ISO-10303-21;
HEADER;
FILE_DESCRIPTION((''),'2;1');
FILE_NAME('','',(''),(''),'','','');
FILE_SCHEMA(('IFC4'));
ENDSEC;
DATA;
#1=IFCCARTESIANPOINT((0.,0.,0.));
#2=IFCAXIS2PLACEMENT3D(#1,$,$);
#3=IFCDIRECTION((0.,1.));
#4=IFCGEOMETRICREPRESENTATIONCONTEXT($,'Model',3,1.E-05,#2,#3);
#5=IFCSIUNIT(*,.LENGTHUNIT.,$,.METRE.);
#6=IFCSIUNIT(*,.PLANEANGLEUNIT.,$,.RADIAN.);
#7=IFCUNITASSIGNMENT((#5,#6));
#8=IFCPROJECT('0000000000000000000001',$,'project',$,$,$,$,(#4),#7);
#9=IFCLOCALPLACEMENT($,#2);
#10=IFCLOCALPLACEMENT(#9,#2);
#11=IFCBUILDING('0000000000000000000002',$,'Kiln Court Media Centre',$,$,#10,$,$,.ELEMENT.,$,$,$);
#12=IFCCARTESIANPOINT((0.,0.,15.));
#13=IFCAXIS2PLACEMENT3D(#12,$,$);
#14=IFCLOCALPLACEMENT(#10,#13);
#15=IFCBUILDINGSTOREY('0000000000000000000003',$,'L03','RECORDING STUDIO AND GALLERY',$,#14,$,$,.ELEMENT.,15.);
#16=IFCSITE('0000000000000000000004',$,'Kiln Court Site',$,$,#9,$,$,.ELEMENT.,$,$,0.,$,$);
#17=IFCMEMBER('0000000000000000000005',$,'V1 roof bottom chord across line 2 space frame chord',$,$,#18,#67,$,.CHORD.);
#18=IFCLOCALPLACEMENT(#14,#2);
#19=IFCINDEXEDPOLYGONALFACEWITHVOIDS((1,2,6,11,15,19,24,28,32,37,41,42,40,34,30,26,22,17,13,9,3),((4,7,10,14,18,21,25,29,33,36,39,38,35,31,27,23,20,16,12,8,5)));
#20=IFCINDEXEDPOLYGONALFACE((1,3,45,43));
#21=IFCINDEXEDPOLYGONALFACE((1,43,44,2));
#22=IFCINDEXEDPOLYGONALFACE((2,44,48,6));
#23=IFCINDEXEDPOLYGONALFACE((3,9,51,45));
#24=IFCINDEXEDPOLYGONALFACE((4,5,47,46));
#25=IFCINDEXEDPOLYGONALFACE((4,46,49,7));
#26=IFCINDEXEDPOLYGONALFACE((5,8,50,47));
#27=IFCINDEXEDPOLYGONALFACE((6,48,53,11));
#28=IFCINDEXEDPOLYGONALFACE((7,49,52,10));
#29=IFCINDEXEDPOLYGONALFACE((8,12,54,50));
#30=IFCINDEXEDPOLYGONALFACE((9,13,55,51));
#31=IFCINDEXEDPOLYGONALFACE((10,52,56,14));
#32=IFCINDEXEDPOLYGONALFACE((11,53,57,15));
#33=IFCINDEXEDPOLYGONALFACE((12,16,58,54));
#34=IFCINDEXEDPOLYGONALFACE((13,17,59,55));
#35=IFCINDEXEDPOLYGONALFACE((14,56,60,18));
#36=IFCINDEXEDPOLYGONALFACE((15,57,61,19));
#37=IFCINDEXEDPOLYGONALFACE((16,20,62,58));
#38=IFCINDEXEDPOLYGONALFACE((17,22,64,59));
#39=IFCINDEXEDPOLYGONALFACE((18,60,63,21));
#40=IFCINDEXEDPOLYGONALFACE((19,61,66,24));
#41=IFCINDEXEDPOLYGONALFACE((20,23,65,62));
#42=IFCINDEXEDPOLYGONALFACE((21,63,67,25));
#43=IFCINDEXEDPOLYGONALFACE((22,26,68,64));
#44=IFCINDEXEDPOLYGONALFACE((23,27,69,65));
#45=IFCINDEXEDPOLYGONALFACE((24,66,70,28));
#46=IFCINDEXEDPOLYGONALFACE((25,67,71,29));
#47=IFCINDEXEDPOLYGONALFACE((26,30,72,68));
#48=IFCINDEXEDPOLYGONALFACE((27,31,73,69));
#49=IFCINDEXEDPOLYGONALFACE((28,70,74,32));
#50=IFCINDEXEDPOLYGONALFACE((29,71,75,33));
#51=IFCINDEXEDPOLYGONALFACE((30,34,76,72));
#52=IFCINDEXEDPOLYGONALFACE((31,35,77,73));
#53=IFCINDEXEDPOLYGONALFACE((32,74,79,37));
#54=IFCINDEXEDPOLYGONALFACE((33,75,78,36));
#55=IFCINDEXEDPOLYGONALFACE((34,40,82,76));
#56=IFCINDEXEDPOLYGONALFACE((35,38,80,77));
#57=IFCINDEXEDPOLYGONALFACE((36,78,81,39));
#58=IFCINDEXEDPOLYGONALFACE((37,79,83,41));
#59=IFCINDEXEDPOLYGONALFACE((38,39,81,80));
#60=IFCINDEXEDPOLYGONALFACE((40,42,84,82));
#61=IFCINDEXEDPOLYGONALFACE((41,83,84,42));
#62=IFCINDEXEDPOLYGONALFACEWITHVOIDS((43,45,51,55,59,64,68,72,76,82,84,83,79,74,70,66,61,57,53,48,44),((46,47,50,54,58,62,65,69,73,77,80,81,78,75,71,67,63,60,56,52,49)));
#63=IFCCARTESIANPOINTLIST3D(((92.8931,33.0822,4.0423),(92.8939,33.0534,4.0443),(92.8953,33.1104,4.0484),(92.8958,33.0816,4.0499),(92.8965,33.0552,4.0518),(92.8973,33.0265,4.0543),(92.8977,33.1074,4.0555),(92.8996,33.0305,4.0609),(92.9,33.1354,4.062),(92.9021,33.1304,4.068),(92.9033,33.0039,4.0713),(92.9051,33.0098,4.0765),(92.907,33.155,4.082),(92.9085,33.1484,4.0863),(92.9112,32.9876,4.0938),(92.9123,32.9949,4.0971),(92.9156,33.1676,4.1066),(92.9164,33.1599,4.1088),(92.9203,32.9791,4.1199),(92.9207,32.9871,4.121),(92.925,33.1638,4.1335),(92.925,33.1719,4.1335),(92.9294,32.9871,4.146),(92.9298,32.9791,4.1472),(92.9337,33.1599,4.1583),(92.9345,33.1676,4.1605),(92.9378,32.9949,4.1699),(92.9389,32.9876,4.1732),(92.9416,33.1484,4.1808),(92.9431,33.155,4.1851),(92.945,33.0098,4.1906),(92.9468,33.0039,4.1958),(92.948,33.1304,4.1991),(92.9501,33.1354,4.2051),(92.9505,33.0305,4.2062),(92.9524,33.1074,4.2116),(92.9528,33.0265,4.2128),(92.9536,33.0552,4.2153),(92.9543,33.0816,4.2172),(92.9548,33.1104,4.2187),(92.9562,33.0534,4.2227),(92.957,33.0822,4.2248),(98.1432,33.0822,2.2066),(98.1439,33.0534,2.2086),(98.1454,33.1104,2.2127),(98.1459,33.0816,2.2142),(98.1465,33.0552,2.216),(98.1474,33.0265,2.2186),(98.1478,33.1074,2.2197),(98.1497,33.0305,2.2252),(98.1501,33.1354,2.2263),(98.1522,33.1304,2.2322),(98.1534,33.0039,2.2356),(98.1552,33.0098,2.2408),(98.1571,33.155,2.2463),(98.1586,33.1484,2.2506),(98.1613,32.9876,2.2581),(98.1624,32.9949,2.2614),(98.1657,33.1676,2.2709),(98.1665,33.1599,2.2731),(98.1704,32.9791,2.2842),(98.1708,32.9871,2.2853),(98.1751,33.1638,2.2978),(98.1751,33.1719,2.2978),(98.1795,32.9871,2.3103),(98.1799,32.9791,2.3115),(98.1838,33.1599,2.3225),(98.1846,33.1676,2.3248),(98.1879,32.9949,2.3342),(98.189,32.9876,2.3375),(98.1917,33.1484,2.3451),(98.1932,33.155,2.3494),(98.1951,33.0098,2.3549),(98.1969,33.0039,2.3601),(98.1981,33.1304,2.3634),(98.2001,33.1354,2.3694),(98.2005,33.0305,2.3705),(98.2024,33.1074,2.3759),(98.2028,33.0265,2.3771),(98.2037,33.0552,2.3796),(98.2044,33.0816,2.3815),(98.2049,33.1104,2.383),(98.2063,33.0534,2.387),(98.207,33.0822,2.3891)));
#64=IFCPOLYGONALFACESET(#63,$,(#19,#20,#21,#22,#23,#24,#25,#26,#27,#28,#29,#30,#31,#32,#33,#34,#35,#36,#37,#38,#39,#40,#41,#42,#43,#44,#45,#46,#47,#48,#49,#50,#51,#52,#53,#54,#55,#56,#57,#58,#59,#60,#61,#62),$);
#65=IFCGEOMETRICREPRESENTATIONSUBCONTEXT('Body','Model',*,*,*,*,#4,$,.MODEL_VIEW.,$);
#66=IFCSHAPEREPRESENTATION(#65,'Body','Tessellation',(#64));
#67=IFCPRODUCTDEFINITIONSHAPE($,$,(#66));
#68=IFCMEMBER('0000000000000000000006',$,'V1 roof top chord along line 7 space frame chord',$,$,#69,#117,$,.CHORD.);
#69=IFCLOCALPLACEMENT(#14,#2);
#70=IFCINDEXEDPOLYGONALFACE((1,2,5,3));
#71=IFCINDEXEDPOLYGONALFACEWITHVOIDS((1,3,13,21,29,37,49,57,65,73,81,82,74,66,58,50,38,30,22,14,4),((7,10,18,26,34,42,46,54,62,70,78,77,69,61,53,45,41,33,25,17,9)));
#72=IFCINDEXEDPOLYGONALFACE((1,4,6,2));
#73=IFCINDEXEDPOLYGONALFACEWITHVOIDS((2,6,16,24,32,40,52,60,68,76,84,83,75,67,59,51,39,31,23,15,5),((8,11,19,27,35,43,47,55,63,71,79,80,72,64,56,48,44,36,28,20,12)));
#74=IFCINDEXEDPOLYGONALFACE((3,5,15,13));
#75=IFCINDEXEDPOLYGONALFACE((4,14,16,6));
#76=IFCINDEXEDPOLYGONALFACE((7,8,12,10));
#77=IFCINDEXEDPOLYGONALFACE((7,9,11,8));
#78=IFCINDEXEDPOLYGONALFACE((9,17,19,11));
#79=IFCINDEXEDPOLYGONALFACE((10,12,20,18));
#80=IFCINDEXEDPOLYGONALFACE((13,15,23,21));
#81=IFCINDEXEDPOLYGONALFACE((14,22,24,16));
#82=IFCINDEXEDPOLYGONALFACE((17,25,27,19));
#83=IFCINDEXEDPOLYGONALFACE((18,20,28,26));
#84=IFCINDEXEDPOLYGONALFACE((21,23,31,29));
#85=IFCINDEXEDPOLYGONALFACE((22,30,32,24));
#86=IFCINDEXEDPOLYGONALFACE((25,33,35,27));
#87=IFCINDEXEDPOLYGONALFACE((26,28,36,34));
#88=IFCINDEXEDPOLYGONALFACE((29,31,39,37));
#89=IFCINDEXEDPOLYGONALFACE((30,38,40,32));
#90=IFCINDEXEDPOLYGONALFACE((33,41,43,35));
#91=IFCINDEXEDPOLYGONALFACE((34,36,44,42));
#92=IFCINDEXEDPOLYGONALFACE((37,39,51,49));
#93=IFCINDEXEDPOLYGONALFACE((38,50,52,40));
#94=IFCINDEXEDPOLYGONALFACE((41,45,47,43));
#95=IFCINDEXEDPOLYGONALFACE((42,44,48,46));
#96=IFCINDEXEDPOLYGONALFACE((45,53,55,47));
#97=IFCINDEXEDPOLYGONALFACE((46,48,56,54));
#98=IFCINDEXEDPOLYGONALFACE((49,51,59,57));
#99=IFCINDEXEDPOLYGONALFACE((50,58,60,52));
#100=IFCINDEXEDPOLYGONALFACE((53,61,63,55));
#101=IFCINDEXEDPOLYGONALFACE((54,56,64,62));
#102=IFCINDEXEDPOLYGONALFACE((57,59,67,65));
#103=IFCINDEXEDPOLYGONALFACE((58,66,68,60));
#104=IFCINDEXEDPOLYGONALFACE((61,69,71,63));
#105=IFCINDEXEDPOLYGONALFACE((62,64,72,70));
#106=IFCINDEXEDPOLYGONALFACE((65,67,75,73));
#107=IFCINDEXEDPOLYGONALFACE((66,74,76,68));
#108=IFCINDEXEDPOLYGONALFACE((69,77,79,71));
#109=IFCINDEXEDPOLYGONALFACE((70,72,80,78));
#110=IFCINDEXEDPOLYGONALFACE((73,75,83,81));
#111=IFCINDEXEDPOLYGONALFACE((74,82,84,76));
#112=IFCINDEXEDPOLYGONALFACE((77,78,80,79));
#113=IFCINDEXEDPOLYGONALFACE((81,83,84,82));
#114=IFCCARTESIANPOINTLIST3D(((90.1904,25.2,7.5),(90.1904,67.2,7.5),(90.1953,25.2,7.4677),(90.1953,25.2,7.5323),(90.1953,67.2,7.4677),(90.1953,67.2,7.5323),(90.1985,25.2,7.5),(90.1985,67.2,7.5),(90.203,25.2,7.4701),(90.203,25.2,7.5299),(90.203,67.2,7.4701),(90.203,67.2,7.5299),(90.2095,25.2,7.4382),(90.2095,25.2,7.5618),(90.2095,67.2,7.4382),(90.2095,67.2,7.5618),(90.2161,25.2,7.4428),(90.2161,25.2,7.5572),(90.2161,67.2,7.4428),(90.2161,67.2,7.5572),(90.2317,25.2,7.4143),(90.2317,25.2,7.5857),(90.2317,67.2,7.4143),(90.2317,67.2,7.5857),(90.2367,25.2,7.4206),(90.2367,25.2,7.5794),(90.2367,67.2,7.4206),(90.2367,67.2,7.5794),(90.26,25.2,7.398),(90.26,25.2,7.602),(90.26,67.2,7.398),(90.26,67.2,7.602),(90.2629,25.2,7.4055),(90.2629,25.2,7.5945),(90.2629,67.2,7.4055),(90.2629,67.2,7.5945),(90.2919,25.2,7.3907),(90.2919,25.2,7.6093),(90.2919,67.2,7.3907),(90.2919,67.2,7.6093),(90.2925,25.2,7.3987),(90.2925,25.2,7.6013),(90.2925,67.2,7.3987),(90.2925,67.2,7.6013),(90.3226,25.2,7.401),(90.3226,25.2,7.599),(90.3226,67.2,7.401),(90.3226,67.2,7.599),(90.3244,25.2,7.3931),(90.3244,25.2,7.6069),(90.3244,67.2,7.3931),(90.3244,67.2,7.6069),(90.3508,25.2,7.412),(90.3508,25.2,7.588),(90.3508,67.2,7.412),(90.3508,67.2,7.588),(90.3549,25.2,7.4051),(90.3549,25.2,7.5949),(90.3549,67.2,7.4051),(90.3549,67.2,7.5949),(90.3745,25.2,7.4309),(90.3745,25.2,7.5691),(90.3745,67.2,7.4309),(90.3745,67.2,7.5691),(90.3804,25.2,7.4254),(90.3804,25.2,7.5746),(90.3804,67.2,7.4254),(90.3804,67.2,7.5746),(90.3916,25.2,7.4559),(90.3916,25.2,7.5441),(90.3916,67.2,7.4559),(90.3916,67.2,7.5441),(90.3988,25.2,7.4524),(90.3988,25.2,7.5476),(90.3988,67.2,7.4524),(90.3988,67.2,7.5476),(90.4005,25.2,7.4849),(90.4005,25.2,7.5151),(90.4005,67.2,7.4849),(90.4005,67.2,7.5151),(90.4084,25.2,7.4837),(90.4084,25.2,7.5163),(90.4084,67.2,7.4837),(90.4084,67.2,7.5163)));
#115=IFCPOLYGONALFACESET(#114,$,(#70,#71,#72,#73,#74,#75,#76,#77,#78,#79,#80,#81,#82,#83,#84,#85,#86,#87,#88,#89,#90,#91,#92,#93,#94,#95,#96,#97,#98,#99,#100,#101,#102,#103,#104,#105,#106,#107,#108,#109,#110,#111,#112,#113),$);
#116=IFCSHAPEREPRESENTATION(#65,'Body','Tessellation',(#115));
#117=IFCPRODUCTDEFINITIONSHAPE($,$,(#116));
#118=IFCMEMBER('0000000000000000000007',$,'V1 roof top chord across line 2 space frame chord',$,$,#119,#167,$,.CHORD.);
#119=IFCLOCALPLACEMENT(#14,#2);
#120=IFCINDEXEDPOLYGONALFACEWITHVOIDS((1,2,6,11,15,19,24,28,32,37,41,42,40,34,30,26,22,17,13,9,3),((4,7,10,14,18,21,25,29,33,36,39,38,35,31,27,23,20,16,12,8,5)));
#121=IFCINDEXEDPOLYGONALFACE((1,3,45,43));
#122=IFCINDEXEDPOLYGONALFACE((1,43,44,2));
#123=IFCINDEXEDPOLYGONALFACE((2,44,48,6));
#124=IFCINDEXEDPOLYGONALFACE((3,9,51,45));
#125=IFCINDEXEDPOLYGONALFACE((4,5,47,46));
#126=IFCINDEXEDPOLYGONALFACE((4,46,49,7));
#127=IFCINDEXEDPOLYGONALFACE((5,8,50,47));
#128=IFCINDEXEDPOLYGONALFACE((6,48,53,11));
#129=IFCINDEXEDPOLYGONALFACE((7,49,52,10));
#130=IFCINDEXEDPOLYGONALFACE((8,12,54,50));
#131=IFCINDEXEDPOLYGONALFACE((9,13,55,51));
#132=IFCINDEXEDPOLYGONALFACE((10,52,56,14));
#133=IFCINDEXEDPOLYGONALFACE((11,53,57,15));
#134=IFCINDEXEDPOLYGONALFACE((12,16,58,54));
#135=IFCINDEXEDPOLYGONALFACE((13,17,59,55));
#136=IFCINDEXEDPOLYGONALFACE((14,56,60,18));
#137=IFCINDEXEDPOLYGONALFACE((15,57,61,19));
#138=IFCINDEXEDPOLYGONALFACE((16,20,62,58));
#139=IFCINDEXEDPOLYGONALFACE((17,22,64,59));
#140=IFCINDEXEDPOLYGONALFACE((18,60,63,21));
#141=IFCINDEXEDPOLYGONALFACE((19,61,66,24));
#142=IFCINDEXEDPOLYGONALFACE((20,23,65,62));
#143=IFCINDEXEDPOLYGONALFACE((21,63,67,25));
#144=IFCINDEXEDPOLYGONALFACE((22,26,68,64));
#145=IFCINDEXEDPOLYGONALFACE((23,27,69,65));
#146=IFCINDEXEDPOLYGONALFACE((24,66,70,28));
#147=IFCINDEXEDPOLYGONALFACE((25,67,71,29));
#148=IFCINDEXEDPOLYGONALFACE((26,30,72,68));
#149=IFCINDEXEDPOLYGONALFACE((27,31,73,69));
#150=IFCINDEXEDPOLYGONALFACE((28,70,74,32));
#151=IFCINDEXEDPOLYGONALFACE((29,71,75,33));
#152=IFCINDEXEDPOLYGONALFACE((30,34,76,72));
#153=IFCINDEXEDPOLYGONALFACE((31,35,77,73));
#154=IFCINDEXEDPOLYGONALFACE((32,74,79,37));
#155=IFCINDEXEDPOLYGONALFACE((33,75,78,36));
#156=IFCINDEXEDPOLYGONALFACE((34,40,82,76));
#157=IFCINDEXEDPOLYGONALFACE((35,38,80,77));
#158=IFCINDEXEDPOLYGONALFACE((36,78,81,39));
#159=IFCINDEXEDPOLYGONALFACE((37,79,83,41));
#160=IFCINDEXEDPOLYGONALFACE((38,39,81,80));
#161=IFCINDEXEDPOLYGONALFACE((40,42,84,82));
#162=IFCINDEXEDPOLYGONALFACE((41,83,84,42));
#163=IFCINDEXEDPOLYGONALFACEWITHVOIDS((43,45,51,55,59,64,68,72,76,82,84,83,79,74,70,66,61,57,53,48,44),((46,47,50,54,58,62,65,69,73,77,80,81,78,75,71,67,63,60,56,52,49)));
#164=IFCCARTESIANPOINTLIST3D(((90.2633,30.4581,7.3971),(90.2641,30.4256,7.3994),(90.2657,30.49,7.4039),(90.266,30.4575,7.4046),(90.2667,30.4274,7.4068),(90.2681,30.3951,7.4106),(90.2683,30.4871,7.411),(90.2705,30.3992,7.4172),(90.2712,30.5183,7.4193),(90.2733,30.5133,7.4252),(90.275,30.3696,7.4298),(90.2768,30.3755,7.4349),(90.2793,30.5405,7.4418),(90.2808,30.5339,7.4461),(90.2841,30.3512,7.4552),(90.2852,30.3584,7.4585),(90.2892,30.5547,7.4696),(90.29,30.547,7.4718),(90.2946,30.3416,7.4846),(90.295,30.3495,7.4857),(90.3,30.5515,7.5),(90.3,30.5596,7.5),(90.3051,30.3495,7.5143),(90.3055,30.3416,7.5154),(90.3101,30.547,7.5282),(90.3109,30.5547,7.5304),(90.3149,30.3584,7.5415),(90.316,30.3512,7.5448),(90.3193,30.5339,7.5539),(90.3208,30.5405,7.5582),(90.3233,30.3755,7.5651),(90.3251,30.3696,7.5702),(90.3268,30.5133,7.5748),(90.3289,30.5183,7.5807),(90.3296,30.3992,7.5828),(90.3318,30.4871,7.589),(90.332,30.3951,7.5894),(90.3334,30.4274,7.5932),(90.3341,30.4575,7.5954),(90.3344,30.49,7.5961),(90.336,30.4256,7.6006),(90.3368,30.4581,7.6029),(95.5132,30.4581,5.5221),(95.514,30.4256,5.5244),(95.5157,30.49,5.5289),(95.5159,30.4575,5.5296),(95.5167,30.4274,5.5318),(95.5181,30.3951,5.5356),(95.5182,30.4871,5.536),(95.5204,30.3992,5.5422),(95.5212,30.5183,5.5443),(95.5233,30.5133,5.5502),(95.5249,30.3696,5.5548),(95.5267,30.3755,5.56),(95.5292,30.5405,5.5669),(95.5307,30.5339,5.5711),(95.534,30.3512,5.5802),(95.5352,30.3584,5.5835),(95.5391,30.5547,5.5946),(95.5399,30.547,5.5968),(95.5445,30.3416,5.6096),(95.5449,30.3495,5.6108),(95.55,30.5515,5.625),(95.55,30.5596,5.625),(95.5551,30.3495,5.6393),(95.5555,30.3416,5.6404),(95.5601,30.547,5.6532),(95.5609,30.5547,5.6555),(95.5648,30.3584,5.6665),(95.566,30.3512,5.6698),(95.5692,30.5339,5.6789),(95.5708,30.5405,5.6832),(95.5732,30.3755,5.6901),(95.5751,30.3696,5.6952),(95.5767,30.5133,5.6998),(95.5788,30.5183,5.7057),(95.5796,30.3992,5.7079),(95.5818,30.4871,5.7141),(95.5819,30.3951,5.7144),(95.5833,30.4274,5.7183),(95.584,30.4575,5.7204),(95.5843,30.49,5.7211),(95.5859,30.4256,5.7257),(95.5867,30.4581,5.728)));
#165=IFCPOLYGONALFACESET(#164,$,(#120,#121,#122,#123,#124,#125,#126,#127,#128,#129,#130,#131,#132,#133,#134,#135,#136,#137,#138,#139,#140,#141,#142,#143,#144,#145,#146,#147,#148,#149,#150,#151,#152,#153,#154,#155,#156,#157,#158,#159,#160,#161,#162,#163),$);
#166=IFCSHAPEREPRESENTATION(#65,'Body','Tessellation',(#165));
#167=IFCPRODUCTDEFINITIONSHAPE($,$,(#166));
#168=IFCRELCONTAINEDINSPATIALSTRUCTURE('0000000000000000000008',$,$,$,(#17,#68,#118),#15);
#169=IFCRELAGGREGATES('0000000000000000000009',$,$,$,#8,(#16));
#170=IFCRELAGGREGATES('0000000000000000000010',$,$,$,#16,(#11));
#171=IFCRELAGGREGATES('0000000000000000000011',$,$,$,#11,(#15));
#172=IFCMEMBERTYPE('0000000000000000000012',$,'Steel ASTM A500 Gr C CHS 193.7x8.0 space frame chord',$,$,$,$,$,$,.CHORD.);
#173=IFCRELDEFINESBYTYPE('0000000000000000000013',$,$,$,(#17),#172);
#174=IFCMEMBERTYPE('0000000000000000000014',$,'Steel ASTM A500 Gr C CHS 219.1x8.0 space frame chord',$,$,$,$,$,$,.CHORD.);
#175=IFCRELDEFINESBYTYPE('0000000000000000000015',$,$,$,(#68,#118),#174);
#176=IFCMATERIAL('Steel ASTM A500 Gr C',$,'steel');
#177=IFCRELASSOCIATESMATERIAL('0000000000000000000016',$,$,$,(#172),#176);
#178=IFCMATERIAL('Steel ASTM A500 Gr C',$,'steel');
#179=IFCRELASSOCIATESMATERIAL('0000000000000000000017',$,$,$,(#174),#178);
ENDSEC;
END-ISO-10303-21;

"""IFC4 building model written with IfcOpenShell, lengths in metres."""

from ifc_helpers import new_model, si_unit, direction, frame, origin, origin_2d, place, context, subcontext, project, spatial, hollow_circle, extrude, material, material_profile, profile_set, type_object, element, save


model = new_model("IFC4")

# Units and contexts
model_context = context("Model", 3, precision=1e-05, world=origin(), true_north=direction((0.0, 1.0)))
body_context = subcontext(model_context, "Body", "Model", "MODEL_VIEW")
ifc_project = project(units=[si_unit("LENGTHUNIT", "METRE"), si_unit("PLANEANGLEUNIT", "RADIAN")], contexts=[model_context])

# Site, building, storey
site_placement = place(None, origin())
site = spatial("IfcSite", under=ifc_project, at=site_placement, Name="Kiln Court Site", CompositionType="ELEMENT", RefElevation=0.0)
building_placement = place(site_placement, origin())
building = spatial("IfcBuilding", under=site, at=building_placement, Name="Kiln Court Media Centre", CompositionType="ELEMENT")
storey_placement = place(building_placement, frame((0.0, 0.0, 15.0)))
storey = spatial("IfcBuildingStorey", under=building, at=storey_placement, Name="L03", Description="RECORDING STUDIO AND GALLERY", CompositionType="ELEMENT", Elevation=15.0)

# Members
ifc_material_1 = material(Name="Steel ASTM A500 Gr C", Category="steel")
ifc_material_profile_1 = material_profile(ifc_material_1, hollow_circle(Radius=0.0969, WallThickness=0.0081, at=origin_2d()), Name="CHS 193.7x8.0")
ifc_profile_set_1 = profile_set([ifc_material_profile_1], Name="Steel ASTM A500 Gr C")
member_type_1 = type_object("IfcMemberType", Name="Steel ASTM A500 Gr C CHS 193.7x8.0 space frame chord", PredefinedType="CHORD", material=ifc_profile_set_1)
for number, where, z_axis, x_axis, name in (
    (1, (92.925, 33.075, 4.1335), (0.94396, 0.0, -0.330061), (0.0, 1.0, 0.0), "V1 roof bottom chord across line 2 space frame chord"),
):
    element("IfcMember", number, at=place(storey_placement, frame(where, z_axis=z_axis, x_axis=x_axis)), inside=storey, type_object=member_type_1, Name=name, PredefinedType="CHORD", context=body_context, shape_type="SweptSolid", body=[
        extrude(hollow_circle(Radius=0.0969, WallThickness=0.0081, at=origin_2d()), origin(), (0.0, 0.0, 1.0), 5.5618),
    ])
ifc_material_2 = material(Name="Steel ASTM A500 Gr C", Category="steel")
ifc_material_profile_2 = material_profile(ifc_material_2, hollow_circle(Radius=0.1096, WallThickness=0.0081, at=origin_2d()), Name="CHS 219.1x8.0")
ifc_profile_set_2 = profile_set([ifc_material_profile_2], Name="Steel ASTM A500 Gr C")
member_type_2 = type_object("IfcMemberType", Name="Steel ASTM A500 Gr C CHS 219.1x8.0 space frame chord", PredefinedType="CHORD", material=ifc_profile_set_2)
member_1_placement = place(storey_placement, frame((90.3, 25.2, 7.5), z_axis=(0.0, 1.0, 0.0), x_axis=(-1.0, 0.0, 0.0)))
element("IfcMember", 2, at=member_1_placement, inside=storey, type_object=member_type_2, Name="V1 roof top chord along line 7 space frame chord", PredefinedType="CHORD", context=body_context, shape_type="SweptSolid", body=[
    extrude(hollow_circle(Radius=0.1096, WallThickness=0.0081, at=origin_2d()), origin(), (0.0, 0.0, 1.0), 42.0),
])
member_2_placement = place(storey_placement, frame((90.3, 30.45, 7.5), z_axis=(0.941742, 0.0, -0.336336), x_axis=(0.0, 1.0, 0.0)))
element("IfcMember", 3, at=member_2_placement, inside=storey, type_object=member_type_2, Name="V1 roof top chord across line 2 space frame chord", PredefinedType="CHORD", context=body_context, shape_type="SweptSolid", body=[
    extrude(hollow_circle(Radius=0.1096, WallThickness=0.0081, at=origin_2d()), origin(), (0.0, 0.0, 1.0), 5.5747),
])

save(model, "model.ifc")
